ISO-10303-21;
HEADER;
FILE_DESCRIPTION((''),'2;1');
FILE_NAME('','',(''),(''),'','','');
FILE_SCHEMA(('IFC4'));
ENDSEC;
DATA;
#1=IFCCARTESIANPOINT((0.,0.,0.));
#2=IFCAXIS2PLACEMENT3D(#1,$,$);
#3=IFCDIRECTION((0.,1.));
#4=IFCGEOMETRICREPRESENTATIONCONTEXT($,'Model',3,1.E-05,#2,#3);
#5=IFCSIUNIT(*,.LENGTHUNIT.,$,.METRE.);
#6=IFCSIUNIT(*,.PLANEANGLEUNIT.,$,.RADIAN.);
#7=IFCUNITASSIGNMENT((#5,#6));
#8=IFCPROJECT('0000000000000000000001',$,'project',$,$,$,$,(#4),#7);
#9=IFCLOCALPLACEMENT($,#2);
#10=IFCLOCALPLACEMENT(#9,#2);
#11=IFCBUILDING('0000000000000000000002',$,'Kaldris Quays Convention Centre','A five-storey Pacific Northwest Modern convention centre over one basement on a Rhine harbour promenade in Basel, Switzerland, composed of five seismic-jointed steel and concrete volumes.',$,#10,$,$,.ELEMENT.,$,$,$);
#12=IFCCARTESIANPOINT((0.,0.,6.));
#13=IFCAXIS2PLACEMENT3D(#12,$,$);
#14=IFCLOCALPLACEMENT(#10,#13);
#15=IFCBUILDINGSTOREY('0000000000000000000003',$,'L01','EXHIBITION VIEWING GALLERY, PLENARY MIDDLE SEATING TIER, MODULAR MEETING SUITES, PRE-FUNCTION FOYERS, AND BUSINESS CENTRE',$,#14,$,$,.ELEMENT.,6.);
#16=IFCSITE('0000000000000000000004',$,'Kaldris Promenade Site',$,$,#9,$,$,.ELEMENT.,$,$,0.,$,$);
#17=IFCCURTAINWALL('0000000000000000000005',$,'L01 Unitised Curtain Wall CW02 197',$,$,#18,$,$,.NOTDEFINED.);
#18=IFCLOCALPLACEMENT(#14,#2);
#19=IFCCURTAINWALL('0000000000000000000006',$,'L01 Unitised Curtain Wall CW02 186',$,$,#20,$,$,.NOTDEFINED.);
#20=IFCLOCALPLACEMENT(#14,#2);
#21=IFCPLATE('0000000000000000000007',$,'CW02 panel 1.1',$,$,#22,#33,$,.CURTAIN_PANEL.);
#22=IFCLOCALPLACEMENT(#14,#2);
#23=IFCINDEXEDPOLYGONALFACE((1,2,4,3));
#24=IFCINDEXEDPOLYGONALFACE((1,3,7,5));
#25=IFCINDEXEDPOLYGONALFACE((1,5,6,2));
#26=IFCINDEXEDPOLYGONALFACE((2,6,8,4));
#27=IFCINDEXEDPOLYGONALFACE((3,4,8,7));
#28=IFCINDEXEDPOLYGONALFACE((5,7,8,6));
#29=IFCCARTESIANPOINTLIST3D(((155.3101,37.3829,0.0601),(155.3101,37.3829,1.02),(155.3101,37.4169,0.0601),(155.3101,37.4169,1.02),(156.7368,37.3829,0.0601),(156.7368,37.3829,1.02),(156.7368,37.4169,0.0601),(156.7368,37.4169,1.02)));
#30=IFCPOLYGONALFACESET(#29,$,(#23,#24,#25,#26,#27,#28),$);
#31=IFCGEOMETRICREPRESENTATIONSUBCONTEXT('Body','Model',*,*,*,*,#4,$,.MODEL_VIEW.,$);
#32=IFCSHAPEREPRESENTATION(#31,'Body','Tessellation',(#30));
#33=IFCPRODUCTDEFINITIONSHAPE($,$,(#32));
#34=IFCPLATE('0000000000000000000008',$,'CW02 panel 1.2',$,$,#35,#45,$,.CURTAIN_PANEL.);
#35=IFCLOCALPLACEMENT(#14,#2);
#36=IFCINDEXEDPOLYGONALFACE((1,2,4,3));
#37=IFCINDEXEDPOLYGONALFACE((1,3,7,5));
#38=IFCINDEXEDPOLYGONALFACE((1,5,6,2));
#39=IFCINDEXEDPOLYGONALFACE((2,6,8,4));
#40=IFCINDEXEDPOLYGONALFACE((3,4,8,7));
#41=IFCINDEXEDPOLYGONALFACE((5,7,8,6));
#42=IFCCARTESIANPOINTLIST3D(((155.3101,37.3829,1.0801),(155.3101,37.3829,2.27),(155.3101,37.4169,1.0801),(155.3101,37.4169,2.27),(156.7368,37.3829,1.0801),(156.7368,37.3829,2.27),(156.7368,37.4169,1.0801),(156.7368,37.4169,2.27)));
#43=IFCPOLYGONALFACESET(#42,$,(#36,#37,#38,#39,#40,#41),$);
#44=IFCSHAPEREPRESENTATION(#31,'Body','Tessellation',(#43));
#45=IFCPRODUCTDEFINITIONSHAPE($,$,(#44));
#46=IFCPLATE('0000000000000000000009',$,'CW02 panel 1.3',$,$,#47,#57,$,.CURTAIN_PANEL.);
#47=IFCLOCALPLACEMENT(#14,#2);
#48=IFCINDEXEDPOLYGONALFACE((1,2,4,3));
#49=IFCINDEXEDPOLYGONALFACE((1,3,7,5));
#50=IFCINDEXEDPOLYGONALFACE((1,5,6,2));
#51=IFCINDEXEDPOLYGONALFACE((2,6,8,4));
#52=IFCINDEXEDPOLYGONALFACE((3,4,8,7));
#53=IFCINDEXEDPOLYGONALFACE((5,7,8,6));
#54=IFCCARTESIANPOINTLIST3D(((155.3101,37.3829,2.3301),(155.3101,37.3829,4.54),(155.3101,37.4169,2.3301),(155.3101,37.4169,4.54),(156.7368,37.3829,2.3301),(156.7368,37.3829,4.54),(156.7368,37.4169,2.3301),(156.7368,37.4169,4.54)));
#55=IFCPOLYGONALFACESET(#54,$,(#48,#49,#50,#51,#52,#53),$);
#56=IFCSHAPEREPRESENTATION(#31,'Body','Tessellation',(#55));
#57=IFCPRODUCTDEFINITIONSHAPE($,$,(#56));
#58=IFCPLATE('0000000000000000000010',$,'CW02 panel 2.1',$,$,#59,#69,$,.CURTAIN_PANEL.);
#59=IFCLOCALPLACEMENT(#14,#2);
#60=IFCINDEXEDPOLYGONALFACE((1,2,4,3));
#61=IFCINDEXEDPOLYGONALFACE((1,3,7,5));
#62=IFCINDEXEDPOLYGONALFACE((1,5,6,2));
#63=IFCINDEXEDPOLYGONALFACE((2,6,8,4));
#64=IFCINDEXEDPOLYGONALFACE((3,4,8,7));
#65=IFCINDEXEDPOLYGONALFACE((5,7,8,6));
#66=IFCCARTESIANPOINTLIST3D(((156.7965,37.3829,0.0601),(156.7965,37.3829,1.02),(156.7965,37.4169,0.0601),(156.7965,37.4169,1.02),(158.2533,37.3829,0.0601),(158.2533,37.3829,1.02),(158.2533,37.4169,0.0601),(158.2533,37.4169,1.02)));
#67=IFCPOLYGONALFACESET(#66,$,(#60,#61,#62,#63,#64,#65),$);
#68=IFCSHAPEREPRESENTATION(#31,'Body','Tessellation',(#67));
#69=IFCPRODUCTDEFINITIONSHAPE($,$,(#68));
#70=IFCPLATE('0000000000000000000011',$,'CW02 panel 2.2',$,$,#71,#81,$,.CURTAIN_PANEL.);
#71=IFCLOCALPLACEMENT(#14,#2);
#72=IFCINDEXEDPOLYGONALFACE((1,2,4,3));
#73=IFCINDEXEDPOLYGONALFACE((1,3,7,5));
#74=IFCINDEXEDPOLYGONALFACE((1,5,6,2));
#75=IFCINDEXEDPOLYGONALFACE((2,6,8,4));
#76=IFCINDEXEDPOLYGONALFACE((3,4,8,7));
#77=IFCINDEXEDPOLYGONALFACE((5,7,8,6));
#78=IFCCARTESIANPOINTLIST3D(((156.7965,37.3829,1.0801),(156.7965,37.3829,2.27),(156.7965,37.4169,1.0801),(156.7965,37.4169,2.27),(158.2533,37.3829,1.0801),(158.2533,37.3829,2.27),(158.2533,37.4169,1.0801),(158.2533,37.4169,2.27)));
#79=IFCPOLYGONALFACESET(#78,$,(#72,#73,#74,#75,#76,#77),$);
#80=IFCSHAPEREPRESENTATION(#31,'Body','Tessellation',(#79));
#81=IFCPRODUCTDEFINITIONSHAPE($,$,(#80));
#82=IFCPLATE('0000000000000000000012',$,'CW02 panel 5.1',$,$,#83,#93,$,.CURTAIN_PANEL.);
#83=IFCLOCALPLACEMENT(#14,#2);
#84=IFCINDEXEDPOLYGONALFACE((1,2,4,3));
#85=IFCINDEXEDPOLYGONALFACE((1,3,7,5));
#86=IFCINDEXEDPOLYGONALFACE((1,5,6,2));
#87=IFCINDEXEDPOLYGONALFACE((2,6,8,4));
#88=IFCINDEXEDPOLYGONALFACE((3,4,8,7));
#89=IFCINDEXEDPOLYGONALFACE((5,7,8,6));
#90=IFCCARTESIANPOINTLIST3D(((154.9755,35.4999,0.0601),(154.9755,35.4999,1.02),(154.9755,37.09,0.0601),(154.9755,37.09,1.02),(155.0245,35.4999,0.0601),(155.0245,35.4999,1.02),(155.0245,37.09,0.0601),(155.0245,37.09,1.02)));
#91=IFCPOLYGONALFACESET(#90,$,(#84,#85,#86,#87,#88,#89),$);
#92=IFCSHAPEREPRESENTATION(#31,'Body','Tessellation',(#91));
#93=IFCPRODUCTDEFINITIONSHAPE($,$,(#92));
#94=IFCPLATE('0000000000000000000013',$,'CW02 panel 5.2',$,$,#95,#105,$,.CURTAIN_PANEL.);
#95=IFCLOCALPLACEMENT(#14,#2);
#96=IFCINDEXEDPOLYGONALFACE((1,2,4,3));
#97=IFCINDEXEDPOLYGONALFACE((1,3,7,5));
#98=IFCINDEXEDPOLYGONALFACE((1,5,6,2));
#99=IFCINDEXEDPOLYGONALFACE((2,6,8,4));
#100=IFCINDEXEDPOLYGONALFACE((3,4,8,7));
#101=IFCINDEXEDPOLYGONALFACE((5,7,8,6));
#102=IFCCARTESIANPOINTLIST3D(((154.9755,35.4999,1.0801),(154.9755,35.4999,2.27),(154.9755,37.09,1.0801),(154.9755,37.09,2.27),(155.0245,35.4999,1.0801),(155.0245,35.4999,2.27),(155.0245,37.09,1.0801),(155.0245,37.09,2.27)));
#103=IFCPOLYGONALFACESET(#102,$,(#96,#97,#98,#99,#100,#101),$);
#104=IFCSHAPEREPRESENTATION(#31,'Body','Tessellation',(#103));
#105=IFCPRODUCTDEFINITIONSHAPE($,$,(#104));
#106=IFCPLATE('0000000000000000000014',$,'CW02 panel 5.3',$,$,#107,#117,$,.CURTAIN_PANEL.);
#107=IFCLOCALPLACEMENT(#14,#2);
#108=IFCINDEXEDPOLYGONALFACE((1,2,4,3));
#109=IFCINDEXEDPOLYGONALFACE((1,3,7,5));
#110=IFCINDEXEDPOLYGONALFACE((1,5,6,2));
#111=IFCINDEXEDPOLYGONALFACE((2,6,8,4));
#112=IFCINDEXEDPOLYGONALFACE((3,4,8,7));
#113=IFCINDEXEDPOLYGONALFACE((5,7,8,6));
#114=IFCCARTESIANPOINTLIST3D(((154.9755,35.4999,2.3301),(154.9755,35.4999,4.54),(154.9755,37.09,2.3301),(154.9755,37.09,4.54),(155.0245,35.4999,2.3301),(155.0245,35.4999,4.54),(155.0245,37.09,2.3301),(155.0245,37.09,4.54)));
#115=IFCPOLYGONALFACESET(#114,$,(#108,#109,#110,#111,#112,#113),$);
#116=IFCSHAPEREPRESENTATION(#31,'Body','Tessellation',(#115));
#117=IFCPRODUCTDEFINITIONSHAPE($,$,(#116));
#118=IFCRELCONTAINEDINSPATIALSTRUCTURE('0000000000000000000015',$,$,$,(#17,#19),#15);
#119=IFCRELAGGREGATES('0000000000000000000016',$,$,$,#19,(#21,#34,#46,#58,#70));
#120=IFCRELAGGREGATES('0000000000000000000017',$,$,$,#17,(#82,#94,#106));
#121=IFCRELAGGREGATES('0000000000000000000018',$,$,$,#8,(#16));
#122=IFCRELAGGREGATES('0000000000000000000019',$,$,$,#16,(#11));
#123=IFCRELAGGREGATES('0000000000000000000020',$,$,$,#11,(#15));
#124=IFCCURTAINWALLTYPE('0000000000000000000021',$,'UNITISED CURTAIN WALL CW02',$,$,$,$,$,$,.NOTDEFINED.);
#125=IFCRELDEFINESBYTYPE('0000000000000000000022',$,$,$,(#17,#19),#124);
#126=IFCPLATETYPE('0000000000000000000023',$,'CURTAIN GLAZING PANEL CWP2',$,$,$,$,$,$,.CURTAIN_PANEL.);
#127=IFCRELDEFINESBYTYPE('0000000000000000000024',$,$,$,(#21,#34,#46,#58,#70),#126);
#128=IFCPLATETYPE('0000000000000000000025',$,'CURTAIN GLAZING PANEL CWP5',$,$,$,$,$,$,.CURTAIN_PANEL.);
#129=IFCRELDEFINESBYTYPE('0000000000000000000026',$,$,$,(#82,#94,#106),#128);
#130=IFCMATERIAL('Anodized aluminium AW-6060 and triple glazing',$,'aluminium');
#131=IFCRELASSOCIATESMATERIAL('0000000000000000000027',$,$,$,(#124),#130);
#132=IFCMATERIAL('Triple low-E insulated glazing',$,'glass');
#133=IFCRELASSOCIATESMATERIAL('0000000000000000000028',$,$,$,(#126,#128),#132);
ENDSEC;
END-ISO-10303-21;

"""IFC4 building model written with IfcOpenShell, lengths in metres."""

from ifc_helpers import new_model, si_unit, direction, frame, origin, origin_2d, place, context, subcontext, project, spatial, rectangle, extrude, material, type_object, element, aggregate, save


model = new_model("IFC4")

# Units and contexts
model_context = context("Model", 3, precision=1e-05, world=origin(), true_north=direction((0.0, 1.0)))
body_context = subcontext(model_context, "Body", "Model", "MODEL_VIEW")
ifc_project = project(units=[si_unit("LENGTHUNIT", "METRE"), si_unit("PLANEANGLEUNIT", "RADIAN")], contexts=[model_context])

# Site, building, storey
site_placement = place(None, origin())
site = spatial("IfcSite", under=ifc_project, at=site_placement, Name="Kaldris Promenade Site", CompositionType="ELEMENT", RefElevation=0.0)
building_placement = place(site_placement, origin())
building = spatial("IfcBuilding", under=site, at=building_placement, Name="Kaldris Quays Convention Centre", Description="A five-storey Pacific Northwest Modern convention centre over one basement on a Rhine harbour promenade in Basel, Switzerland, composed of five seismic-jointed steel and concrete volumes.", CompositionType="ELEMENT")
storey_placement = place(building_placement, frame((0.0, 0.0, 6.0)))
storey = spatial("IfcBuildingStorey", under=building, at=storey_placement, Name="L01", Description="EXHIBITION VIEWING GALLERY, PLENARY MIDDLE SEATING TIER, MODULAR MEETING SUITES, PRE-FUNCTION FOYERS, AND BUSINESS CENTRE", CompositionType="ELEMENT", Elevation=6.0)

# Curtain wall
ifc_material_1 = material(Name="Anodized aluminium AW-6060 and triple glazing", Category="aluminium")
curtain_wall_type = type_object("IfcCurtainWallType", Name="UNITISED CURTAIN WALL CW02", PredefinedType="NOTDEFINED", material=ifc_material_1)
curtain_wall_1_placement = place(storey_placement, origin())
curtain_wall_1 = element("IfcCurtainWall", 1, at=curtain_wall_1_placement, inside=storey, type_object=curtain_wall_type, Name="L01 Unitised Curtain Wall CW02 197", PredefinedType="NOTDEFINED")

# Curtain wall
curtain_wall_2_placement = place(storey_placement, origin())
curtain_wall_2 = element("IfcCurtainWall", 2, at=curtain_wall_2_placement, inside=storey, type_object=curtain_wall_type, Name="L01 Unitised Curtain Wall CW02 186", PredefinedType="NOTDEFINED")

# Plates
ifc_material_2 = material(Name="Triple low-E insulated glazing", Category="glass")
plate_type_1 = type_object("IfcPlateType", Name="CURTAIN GLAZING PANEL CWP2", PredefinedType="CURTAIN_PANEL", material=ifc_material_2)
plate_1_placement = place(storey_placement, frame((156.0234, 37.3999, 0.0601), z_axis=(0.0, 0.0, 1.0), x_axis=(1.0, 0.0, 0.0)))
plate_1 = element("IfcPlate", 3, at=plate_1_placement, type_object=plate_type_1, Name="CW02 panel 1.1", PredefinedType="CURTAIN_PANEL", context=body_context, shape_type="SweptSolid", body=[
    extrude(rectangle(XDim=1.4268, YDim=0.0339, at=origin_2d()), origin(), (0.0, 0.0, 1.0), 0.96),
])
plate_2_placement = place(storey_placement, frame((156.0234, 37.3999, 1.0801), z_axis=(0.0, 0.0, 1.0), x_axis=(1.0, 0.0, 0.0)))
plate_2 = element("IfcPlate", 4, at=plate_2_placement, type_object=plate_type_1, Name="CW02 panel 1.2", PredefinedType="CURTAIN_PANEL", context=body_context, shape_type="SweptSolid", body=[
    extrude(rectangle(XDim=1.4268, YDim=0.0339, at=origin_2d()), origin(), (0.0, 0.0, 1.0), 1.1899),
])
plate_3_placement = place(storey_placement, frame((156.0234, 37.3999, 2.3301), z_axis=(0.0, 0.0, 1.0), x_axis=(1.0, 0.0, 0.0)))
plate_3 = element("IfcPlate", 5, at=plate_3_placement, type_object=plate_type_1, Name="CW02 panel 1.3", PredefinedType="CURTAIN_PANEL", context=body_context, shape_type="SweptSolid", body=[
    extrude(rectangle(XDim=1.4268, YDim=0.0339, at=origin_2d()), origin(), (0.0, 0.0, 1.0), 2.21),
])
plate_4_placement = place(storey_placement, frame((157.5249, 37.3999, 0.0601), z_axis=(0.0, 0.0, 1.0), x_axis=(1.0, 0.0, 0.0)))
plate_4 = element("IfcPlate", 6, at=plate_4_placement, type_object=plate_type_1, Name="CW02 panel 2.1", PredefinedType="CURTAIN_PANEL", context=body_context, shape_type="SweptSolid", body=[
    extrude(rectangle(XDim=1.4568, YDim=0.0339, at=origin_2d()), origin(), (0.0, 0.0, 1.0), 0.96),
])
plate_5_placement = place(storey_placement, frame((157.5249, 37.3999, 1.0801), z_axis=(0.0, 0.0, 1.0), x_axis=(1.0, 0.0, 0.0)))
plate_5 = element("IfcPlate", 7, at=plate_5_placement, type_object=plate_type_1, Name="CW02 panel 2.2", PredefinedType="CURTAIN_PANEL", context=body_context, shape_type="SweptSolid", body=[
    extrude(rectangle(XDim=1.4568, YDim=0.0339, at=origin_2d()), origin(), (0.0, 0.0, 1.0), 1.1899),
])
aggregate(curtain_wall_2, [plate_1, plate_2, plate_3, plate_4, plate_5])
plate_type_2 = type_object("IfcPlateType", Name="CURTAIN GLAZING PANEL CWP5", PredefinedType="CURTAIN_PANEL", material=ifc_material_2)
plate_6_placement = place(storey_placement, frame((155.0, 36.2949, 0.0601), z_axis=(0.0, 0.0, 1.0), x_axis=(0.0, 1.0, 0.0)))
plate_6 = element("IfcPlate", 8, at=plate_6_placement, type_object=plate_type_2, Name="CW02 panel 5.1", PredefinedType="CURTAIN_PANEL", context=body_context, shape_type="SweptSolid", body=[
    extrude(rectangle(XDim=1.5901, YDim=0.0491, at=origin_2d()), origin(), (0.0, 0.0, 1.0), 0.96),
])
plate_7_placement = place(storey_placement, frame((155.0, 36.2949, 1.0801), z_axis=(0.0, 0.0, 1.0), x_axis=(0.0, 1.0, 0.0)))
plate_7 = element("IfcPlate", 9, at=plate_7_placement, type_object=plate_type_2, Name="CW02 panel 5.2", PredefinedType="CURTAIN_PANEL", context=body_context, shape_type="SweptSolid", body=[
    extrude(rectangle(XDim=1.5901, YDim=0.0491, at=origin_2d()), origin(), (0.0, 0.0, 1.0), 1.1899),
])
plate_8_placement = place(storey_placement, frame((155.0, 36.2949, 2.3301), z_axis=(0.0, 0.0, 1.0), x_axis=(0.0, 1.0, 0.0)))
plate_8 = element("IfcPlate", 10, at=plate_8_placement, type_object=plate_type_2, Name="CW02 panel 5.3", PredefinedType="CURTAIN_PANEL", context=body_context, shape_type="SweptSolid", body=[
    extrude(rectangle(XDim=1.5901, YDim=0.0491, at=origin_2d()), origin(), (0.0, 0.0, 1.0), 2.21),
])
aggregate(curtain_wall_1, [plate_6, plate_7, plate_8])

save(model, "model.ifc")
